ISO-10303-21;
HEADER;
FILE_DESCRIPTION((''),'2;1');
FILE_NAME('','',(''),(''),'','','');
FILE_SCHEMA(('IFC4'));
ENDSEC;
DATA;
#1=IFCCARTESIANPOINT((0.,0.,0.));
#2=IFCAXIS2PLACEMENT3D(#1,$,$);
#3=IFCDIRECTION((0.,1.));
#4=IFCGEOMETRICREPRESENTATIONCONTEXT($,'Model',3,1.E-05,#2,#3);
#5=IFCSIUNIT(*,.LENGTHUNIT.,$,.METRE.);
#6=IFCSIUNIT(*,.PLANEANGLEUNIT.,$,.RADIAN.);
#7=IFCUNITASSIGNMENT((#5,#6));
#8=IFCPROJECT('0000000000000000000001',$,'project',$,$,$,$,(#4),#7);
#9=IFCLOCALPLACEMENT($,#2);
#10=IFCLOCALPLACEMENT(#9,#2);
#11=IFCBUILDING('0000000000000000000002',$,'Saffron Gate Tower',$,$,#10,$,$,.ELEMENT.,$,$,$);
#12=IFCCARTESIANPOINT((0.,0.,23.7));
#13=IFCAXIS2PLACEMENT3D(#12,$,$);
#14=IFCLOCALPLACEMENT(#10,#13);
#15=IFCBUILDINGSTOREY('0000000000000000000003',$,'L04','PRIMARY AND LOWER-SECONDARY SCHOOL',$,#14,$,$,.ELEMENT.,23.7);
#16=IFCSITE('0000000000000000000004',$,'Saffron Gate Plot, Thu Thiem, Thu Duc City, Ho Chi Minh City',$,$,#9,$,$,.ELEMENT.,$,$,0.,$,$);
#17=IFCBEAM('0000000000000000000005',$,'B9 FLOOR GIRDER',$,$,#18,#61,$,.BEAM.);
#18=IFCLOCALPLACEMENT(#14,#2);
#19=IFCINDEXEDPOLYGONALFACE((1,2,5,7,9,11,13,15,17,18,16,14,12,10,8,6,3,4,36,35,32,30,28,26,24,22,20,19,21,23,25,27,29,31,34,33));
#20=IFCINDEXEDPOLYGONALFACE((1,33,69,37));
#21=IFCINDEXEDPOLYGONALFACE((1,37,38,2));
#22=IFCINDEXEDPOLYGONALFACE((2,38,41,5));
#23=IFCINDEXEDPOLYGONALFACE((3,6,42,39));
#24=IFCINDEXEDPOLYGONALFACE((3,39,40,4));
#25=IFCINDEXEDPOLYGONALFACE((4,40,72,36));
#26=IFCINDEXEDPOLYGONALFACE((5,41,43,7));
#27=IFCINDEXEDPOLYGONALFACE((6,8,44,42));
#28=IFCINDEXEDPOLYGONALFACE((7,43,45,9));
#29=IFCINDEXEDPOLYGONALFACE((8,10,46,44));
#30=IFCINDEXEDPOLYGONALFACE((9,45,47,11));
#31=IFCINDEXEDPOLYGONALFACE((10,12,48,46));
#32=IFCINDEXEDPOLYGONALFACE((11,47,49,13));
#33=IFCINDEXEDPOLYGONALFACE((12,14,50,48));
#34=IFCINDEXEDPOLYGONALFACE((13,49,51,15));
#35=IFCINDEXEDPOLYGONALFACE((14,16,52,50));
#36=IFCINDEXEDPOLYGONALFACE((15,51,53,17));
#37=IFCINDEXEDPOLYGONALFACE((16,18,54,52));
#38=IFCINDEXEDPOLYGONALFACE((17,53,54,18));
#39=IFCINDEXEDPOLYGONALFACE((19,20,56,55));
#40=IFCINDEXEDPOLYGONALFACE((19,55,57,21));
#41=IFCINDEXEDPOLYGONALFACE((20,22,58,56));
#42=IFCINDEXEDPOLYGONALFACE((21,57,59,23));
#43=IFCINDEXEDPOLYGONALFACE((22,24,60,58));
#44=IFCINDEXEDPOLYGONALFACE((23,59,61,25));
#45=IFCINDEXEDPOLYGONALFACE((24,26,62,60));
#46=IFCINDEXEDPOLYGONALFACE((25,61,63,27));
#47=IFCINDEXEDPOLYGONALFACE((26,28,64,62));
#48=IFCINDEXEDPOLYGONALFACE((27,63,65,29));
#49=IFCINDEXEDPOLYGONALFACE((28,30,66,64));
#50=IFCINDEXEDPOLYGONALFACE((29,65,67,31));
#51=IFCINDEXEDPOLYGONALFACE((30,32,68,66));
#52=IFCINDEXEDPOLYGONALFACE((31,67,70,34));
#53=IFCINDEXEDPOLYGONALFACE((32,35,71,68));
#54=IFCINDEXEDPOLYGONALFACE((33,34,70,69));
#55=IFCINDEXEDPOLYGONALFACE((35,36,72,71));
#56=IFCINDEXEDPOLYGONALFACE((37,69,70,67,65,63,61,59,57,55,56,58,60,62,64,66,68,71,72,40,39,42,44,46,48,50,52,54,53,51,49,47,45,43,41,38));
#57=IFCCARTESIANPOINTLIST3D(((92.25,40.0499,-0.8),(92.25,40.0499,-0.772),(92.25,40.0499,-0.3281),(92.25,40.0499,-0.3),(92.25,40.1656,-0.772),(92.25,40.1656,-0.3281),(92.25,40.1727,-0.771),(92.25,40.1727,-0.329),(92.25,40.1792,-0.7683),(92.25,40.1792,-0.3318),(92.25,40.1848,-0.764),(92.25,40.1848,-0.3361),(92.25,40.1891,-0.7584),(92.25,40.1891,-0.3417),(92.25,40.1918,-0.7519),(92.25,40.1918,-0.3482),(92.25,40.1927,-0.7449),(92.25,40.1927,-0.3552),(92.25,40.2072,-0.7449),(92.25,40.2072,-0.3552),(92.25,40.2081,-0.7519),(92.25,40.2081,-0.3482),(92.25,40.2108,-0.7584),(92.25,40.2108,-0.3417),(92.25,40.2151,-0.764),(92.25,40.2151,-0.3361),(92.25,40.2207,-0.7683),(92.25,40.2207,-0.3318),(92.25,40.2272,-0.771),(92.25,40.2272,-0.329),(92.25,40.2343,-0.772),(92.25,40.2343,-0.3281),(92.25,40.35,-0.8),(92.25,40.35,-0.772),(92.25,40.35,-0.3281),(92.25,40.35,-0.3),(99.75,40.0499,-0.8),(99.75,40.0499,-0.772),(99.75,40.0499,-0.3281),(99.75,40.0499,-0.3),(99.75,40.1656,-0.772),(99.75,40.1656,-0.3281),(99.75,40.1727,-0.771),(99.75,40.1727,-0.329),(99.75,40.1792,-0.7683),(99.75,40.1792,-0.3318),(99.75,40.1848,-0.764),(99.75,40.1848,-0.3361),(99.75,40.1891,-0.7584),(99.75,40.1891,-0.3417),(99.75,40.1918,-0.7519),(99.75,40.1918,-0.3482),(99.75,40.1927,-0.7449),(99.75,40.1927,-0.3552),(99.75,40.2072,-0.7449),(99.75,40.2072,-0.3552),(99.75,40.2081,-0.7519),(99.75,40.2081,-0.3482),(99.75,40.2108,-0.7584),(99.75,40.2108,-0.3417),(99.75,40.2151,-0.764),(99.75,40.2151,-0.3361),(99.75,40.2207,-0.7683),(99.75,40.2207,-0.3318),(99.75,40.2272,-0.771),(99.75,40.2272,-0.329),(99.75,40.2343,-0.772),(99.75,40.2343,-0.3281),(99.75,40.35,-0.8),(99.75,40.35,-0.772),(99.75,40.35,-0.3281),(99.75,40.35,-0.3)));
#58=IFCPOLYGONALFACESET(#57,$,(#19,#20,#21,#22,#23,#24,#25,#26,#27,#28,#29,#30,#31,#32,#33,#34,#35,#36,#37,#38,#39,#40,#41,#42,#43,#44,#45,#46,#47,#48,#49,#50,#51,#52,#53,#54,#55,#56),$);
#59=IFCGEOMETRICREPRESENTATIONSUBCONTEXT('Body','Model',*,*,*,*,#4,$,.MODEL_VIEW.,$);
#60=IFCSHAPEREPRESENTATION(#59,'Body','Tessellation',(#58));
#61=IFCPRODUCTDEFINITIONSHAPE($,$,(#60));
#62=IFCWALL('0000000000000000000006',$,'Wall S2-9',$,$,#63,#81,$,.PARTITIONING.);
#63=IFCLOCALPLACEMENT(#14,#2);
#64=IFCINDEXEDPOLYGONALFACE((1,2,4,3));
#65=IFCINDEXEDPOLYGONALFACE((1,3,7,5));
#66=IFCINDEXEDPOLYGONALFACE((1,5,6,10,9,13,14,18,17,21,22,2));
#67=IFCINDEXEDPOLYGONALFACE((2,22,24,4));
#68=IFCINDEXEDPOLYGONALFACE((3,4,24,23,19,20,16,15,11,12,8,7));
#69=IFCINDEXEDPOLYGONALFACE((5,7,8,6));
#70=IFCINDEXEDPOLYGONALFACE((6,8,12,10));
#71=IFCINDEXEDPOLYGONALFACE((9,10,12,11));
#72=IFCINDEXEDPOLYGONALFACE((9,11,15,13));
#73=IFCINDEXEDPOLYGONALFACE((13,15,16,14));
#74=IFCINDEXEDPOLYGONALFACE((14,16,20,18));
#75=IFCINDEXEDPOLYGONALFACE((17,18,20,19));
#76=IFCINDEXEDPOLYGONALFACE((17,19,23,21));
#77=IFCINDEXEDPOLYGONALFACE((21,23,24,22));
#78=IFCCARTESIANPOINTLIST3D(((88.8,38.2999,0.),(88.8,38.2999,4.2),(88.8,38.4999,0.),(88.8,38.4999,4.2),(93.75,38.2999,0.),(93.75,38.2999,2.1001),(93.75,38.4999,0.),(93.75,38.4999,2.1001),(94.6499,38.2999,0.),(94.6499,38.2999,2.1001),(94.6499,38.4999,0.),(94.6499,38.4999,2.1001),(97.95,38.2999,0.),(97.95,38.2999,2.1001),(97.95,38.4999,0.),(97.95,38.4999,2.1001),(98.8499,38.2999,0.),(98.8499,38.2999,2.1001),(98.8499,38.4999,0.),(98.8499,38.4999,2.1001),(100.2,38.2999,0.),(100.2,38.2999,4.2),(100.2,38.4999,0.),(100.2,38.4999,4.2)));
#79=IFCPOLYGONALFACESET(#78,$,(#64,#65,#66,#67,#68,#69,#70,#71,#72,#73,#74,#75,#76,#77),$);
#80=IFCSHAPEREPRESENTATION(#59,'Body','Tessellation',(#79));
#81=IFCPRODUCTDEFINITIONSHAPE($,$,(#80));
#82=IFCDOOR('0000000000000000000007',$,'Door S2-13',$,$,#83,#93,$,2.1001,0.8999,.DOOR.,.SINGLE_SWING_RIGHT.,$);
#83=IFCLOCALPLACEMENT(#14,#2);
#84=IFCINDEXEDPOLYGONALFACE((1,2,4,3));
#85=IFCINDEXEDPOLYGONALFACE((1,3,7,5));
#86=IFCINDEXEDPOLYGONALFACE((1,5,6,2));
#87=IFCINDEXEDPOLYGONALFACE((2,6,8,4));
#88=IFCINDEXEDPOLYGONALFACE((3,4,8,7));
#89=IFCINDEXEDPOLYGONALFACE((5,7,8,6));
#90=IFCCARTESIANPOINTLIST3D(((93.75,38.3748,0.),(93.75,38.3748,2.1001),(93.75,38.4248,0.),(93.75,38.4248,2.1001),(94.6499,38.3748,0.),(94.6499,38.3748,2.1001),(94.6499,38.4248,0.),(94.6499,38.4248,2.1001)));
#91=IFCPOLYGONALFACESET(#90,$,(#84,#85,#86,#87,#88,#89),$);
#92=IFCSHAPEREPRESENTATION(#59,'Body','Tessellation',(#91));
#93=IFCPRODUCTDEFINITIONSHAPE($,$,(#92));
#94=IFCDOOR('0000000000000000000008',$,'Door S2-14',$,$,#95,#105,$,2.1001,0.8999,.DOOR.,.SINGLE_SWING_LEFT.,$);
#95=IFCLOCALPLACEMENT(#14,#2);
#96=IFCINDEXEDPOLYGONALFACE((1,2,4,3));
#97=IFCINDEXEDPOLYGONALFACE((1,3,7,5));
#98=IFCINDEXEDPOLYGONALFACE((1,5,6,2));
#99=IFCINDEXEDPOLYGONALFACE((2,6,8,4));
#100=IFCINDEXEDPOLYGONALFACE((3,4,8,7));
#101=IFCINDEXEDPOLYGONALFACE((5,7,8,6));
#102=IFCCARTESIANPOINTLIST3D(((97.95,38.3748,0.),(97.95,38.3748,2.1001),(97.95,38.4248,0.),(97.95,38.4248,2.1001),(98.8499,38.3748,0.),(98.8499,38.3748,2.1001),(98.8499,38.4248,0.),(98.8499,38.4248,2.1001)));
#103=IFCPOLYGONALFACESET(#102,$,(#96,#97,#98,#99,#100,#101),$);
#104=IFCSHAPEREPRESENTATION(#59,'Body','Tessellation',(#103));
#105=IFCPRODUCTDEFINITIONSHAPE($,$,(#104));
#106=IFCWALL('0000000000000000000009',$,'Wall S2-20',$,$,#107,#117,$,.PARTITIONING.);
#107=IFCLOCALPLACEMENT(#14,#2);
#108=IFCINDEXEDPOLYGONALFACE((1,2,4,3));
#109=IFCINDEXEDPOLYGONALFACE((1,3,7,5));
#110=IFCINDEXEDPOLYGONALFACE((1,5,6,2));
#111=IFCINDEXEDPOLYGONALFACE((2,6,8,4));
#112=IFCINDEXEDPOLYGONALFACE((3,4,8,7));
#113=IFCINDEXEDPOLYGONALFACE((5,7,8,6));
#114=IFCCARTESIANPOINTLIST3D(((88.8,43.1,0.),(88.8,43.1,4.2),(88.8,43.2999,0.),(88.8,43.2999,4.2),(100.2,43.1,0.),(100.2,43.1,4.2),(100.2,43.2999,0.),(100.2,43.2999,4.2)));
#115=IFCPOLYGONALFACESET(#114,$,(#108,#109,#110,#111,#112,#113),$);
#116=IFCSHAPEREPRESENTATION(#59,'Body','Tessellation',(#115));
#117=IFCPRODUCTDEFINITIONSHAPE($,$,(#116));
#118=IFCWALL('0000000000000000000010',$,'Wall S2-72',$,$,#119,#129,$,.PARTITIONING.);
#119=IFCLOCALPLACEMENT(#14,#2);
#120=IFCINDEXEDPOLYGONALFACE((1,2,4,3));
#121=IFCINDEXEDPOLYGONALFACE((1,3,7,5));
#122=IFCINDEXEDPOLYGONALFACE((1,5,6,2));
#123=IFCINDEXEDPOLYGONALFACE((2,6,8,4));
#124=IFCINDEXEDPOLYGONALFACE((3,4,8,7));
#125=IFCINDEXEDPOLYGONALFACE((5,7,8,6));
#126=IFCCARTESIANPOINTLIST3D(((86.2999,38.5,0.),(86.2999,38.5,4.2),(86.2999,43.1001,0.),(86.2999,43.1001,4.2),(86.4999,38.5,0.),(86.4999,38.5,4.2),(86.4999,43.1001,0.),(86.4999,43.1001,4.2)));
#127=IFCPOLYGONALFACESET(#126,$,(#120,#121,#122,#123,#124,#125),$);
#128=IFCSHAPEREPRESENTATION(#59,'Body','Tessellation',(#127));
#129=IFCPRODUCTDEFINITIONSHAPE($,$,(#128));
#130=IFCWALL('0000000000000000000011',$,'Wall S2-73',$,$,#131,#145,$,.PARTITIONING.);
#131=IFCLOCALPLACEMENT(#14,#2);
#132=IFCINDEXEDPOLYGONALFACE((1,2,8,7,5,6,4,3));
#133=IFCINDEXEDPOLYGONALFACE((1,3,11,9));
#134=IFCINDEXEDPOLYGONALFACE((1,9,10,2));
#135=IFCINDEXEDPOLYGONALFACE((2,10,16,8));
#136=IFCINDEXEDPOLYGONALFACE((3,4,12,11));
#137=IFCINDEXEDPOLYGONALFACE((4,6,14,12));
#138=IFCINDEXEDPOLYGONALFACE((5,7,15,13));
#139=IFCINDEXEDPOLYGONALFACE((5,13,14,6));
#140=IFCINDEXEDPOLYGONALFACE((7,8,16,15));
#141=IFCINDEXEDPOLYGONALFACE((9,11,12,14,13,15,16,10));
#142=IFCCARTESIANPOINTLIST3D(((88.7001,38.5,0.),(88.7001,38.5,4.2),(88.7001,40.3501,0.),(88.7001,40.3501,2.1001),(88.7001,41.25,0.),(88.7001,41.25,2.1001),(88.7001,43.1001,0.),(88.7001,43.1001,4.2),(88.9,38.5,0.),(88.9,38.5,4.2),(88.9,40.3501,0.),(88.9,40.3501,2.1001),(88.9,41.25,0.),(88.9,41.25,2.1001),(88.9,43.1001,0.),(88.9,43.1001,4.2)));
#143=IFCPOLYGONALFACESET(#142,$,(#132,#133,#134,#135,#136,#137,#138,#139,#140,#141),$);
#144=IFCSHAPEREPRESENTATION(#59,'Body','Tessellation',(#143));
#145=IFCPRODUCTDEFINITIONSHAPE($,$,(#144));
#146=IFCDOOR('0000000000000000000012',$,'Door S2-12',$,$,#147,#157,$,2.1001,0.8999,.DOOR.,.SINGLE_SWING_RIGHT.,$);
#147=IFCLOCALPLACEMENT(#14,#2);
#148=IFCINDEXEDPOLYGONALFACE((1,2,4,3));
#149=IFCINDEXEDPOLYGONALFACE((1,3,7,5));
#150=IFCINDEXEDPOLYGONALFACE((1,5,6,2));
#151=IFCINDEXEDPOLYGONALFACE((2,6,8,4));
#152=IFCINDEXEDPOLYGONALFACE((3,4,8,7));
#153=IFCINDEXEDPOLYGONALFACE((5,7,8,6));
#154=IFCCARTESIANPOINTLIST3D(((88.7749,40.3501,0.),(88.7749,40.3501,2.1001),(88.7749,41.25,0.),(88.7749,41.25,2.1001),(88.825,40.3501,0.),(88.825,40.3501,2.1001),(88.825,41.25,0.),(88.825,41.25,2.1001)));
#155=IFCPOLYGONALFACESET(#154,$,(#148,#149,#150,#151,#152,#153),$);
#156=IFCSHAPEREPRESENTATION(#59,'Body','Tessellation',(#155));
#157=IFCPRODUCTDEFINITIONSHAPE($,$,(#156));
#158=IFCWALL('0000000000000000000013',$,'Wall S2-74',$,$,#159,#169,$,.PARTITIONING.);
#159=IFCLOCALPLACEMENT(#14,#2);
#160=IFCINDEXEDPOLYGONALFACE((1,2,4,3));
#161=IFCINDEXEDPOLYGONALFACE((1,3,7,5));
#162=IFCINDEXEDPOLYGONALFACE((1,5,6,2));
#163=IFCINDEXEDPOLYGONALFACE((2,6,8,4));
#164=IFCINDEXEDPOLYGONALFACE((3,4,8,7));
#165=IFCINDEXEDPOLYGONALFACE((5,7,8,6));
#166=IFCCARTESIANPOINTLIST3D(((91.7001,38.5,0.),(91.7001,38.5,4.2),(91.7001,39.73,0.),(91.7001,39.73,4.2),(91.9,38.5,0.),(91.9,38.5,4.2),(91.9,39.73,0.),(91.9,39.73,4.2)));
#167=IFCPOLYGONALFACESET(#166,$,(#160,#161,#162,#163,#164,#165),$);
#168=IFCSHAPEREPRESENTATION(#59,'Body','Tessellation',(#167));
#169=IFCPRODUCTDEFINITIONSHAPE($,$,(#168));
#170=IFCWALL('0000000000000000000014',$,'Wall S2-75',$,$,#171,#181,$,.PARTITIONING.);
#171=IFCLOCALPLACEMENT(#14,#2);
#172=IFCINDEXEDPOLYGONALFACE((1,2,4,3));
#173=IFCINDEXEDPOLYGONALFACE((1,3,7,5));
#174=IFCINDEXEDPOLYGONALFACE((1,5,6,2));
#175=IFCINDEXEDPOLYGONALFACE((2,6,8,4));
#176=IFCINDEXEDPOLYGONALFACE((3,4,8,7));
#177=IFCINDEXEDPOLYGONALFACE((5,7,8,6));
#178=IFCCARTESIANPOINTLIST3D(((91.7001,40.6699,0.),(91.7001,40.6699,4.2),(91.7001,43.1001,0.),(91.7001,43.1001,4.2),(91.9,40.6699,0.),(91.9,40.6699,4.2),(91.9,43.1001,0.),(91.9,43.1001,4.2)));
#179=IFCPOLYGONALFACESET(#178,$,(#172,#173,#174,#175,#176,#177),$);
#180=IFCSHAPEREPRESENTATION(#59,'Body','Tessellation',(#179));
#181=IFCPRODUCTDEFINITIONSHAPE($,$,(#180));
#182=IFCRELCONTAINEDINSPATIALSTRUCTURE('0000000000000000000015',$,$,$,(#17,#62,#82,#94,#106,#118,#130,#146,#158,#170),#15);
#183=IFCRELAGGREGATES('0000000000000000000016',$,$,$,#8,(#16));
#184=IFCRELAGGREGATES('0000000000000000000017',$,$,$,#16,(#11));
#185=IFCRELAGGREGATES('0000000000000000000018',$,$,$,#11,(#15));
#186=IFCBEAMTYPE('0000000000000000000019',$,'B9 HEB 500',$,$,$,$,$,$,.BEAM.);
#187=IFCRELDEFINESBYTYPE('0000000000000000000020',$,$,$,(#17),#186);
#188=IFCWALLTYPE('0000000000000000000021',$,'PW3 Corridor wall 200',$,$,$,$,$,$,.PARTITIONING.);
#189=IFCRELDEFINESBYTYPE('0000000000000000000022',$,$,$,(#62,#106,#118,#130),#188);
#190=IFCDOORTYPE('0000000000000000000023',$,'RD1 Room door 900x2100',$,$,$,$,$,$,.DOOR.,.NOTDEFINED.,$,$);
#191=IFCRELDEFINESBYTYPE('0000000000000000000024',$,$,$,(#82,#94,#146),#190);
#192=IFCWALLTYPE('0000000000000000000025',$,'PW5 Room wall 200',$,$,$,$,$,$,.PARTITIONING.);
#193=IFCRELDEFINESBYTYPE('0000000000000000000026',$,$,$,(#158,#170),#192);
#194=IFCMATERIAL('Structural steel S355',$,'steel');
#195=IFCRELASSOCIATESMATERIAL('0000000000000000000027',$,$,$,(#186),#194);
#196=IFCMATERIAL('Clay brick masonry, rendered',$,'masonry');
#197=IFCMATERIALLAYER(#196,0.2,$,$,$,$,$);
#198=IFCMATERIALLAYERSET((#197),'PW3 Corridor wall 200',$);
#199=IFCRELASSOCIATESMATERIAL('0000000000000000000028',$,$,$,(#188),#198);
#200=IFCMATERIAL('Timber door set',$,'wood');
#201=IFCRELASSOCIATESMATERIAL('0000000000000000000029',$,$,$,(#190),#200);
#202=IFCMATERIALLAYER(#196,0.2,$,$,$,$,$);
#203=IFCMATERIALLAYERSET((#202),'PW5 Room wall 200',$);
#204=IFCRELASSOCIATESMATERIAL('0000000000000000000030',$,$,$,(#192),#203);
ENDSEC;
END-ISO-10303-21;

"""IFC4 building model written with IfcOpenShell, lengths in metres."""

from ifc_helpers import new_model, si_unit, direction, frame, frame_2d, origin, origin_2d, place, context, subcontext, project, spatial, rectangle, i_section, extrude, material, layer, layer_set, material_profile, profile_set, type_object, element, fill, save


model = new_model("IFC4")

# Units and contexts
model_context = context("Model", 3, precision=1e-05, world=origin(), true_north=direction((0.0, 1.0)))
body_context = subcontext(model_context, "Body", "Model", "MODEL_VIEW")
ifc_project = project(units=[si_unit("LENGTHUNIT", "METRE"), si_unit("PLANEANGLEUNIT", "RADIAN")], contexts=[model_context])

# Site, building, storey
site_placement = place(None, origin())
site = spatial("IfcSite", under=ifc_project, at=site_placement, Name="Saffron Gate Plot, Thu Thiem, Thu Duc City, Ho Chi Minh City", CompositionType="ELEMENT", RefElevation=0.0)
building_placement = place(site_placement, origin())
building = spatial("IfcBuilding", under=site, at=building_placement, Name="Saffron Gate Tower", CompositionType="ELEMENT")
storey_placement = place(building_placement, frame((0.0, 0.0, 23.7)))
storey = spatial("IfcBuildingStorey", under=building, at=storey_placement, Name="L04", Description="PRIMARY AND LOWER-SECONDARY SCHOOL", CompositionType="ELEMENT", Elevation=23.7)

# Beam
ifc_material_1 = material(Name="Structural steel S355", Category="steel")
ifc_material_profile_1 = material_profile(ifc_material_1, i_section(OverallWidth=0.3, OverallDepth=0.5, WebThickness=0.0144, FlangeThickness=0.0281, FilletRadius=0.0271, at=origin_2d()))
ifc_profile_set_1 = profile_set([ifc_material_profile_1], Name="Structural steel S355")
beam_type_1 = type_object("IfcBeamType", Name="B9 HEB 500", PredefinedType="BEAM", material=ifc_profile_set_1)
for number, where, z_axis, x_axis, name in (
    (1, (92.25, 40.2, -0.55), (1.0, 0.0, 0.0), (0.0, 1.0, 0.0), "B9 FLOOR GIRDER"),
):
    element("IfcBeam", number, at=place(storey_placement, frame(where, z_axis=z_axis, x_axis=x_axis)), inside=storey, type_object=beam_type_1, Name=name, PredefinedType="BEAM", context=body_context, shape_type="SweptSolid", body=[
        extrude(i_section(OverallWidth=0.3, OverallDepth=0.5, WebThickness=0.0144, FlangeThickness=0.0281, FilletRadius=0.0271, at=origin_2d()), origin(), (0.0, 0.0, 1.0), 7.5),
    ])

# Wall, openings, doors
ifc_material_2 = material(Name="Clay brick masonry, rendered", Category="masonry")
ifc_layer_1 = layer(ifc_material_2, 0.2)
ifc_layer_set_1 = layer_set([ifc_layer_1], Name="PW3 Corridor wall 200")
wall_type_1 = type_object("IfcWallType", Name="PW3 Corridor wall 200", PredefinedType="PARTITIONING", material=ifc_layer_set_1)
wall_1_placement = place(storey_placement, frame((88.8, 38.3999, 0.0), z_axis=(0.0, 0.0, 1.0), x_axis=(1.0, 0.0, 0.0)))
wall_1 = element("IfcWall", 2, at=wall_1_placement, inside=storey, type_object=wall_type_1, Name="Wall S2-9", PredefinedType="PARTITIONING", context=body_context, shape_type="SweptSolid", body=[
    extrude(rectangle(XDim=11.3999, YDim=0.2, at=frame_2d((5.7, 0.0))), origin(), (0.0, 0.0, 1.0), 4.2),
])
opening_1_placement = place(wall_1_placement, frame((4.95, 0.0, 0.0)))
opening_1 = element("IfcOpeningElement", 3, at=opening_1_placement, cuts=wall_1, PredefinedType="OPENING", context=body_context, shape_type="SweptSolid", body=[
    extrude(rectangle(XDim=0.8999, YDim=2.1001, at=frame_2d((0.45, 1.05))), frame((0.0, 0.1099, 0.0), z_axis=(0.0, -1.0, 0.0), x_axis=(1.0, 0.0, 0.0)), (0.0, 0.0, 1.0), 0.22),
])
opening_2_placement = place(wall_1_placement, frame((9.1499, 0.0, 0.0)))
opening_2 = element("IfcOpeningElement", 4, at=opening_2_placement, cuts=wall_1, PredefinedType="OPENING", context=body_context, shape_type="SweptSolid", body=[
    extrude(rectangle(XDim=0.8999, YDim=2.1001, at=frame_2d((0.45, 1.05))), frame((0.0, 0.1099, 0.0), z_axis=(0.0, -1.0, 0.0), x_axis=(1.0, 0.0, 0.0)), (0.0, 0.0, 1.0), 0.22),
])
ifc_material_3 = material(Name="Timber door set", Category="wood")
door_type = type_object("IfcDoorType", Name="RD1 Room door 900x2100", OperationType="NOTDEFINED", PredefinedType="DOOR", material=ifc_material_3)
door_1_placement = place(opening_1_placement, origin())
door_1 = element("IfcDoor", 5, at=door_1_placement, inside=storey, type_object=door_type, Name="Door S2-13", OperationType="SINGLE_SWING_RIGHT", OverallHeight=2.1001, OverallWidth=0.8999, PredefinedType="DOOR", context=body_context, shape_type="SweptSolid", body=[
    extrude(rectangle(XDim=0.8999, YDim=2.1001, at=frame_2d((0.45, 1.05))), frame((0.0, 0.0249, 0.0), z_axis=(0.0, -1.0, 0.0), x_axis=(1.0, 0.0, 0.0)), (0.0, 0.0, 1.0), 0.05),
])
fill(opening_1, door_1)
door_2_placement = place(opening_2_placement, origin())
door_2 = element("IfcDoor", 6, at=door_2_placement, inside=storey, type_object=door_type, Name="Door S2-14", OperationType="SINGLE_SWING_LEFT", OverallHeight=2.1001, OverallWidth=0.8999, PredefinedType="DOOR", context=body_context, shape_type="SweptSolid", body=[
    extrude(rectangle(XDim=0.8999, YDim=2.1001, at=frame_2d((0.45, 1.05))), frame((0.0, 0.0249, 0.0), z_axis=(0.0, -1.0, 0.0), x_axis=(1.0, 0.0, 0.0)), (0.0, 0.0, 1.0), 0.05),
])
fill(opening_2, door_2)

# Walls
wall_2_placement = place(storey_placement, frame((88.8, 43.2, 0.0), z_axis=(0.0, 0.0, 1.0), x_axis=(1.0, 0.0, 0.0)))
element("IfcWall", 7, at=wall_2_placement, inside=storey, type_object=wall_type_1, Name="Wall S2-20", PredefinedType="PARTITIONING", context=body_context, shape_type="SweptSolid", body=[
    extrude(rectangle(XDim=11.3999, YDim=0.2, at=frame_2d((5.7, 0.0))), origin(), (0.0, 0.0, 1.0), 4.2),
])
wall_3_placement = place(storey_placement, frame((86.3999, 43.1001, 0.0), z_axis=(0.0, 0.0, 1.0), x_axis=(0.0, -1.0, 0.0)))
element("IfcWall", 8, at=wall_3_placement, inside=storey, type_object=wall_type_1, Name="Wall S2-72", PredefinedType="PARTITIONING", context=body_context, shape_type="SweptSolid", body=[
    extrude(rectangle(XDim=4.6001, YDim=0.2, at=frame_2d((2.3, 0.0))), origin(), (0.0, 0.0, 1.0), 4.2),
])

# Wall, opening, door
wall_4_placement = place(storey_placement, frame((88.8, 43.1001, 0.0), z_axis=(0.0, 0.0, 1.0), x_axis=(0.0, -1.0, 0.0)))
wall_4 = element("IfcWall", 9, at=wall_4_placement, inside=storey, type_object=wall_type_1, Name="Wall S2-73", PredefinedType="PARTITIONING", context=body_context, shape_type="SweptSolid", body=[
    extrude(rectangle(XDim=4.6001, YDim=0.2, at=frame_2d((2.3, 0.0))), origin(), (0.0, 0.0, 1.0), 4.2),
])
opening_3_placement = place(wall_4_placement, frame((1.8501, 0.0, 0.0)))
opening_3 = element("IfcOpeningElement", 10, at=opening_3_placement, cuts=wall_4, PredefinedType="OPENING", context=body_context, shape_type="SweptSolid", body=[
    extrude(rectangle(XDim=0.8999, YDim=2.1001, at=frame_2d((0.45, 1.05))), frame((0.0, 0.1099, 0.0), z_axis=(0.0, -1.0, 0.0), x_axis=(1.0, 0.0, 0.0)), (0.0, 0.0, 1.0), 0.22),
])
door_3_placement = place(opening_3_placement, origin())
door_3 = element("IfcDoor", 11, at=door_3_placement, inside=storey, type_object=door_type, Name="Door S2-12", OperationType="SINGLE_SWING_RIGHT", OverallHeight=2.1001, OverallWidth=0.8999, PredefinedType="DOOR", context=body_context, shape_type="SweptSolid", body=[
    extrude(rectangle(XDim=0.8999, YDim=2.1001, at=frame_2d((0.45, 1.05))), frame((0.0, 0.0249, 0.0), z_axis=(0.0, -1.0, 0.0), x_axis=(1.0, 0.0, 0.0)), (0.0, 0.0, 1.0), 0.05),
])
fill(opening_3, door_3)

# Walls
ifc_layer_2 = layer(ifc_material_2, 0.2)
ifc_layer_set_2 = layer_set([ifc_layer_2], Name="PW5 Room wall 200")
wall_type_2 = type_object("IfcWallType", Name="PW5 Room wall 200", PredefinedType="PARTITIONING", material=ifc_layer_set_2)
wall_5_placement = place(storey_placement, frame((91.8, 39.73, 0.0), z_axis=(0.0, 0.0, 1.0), x_axis=(0.0, -1.0, 0.0)))
element("IfcWall", 12, at=wall_5_placement, inside=storey, type_object=wall_type_2, Name="Wall S2-74", PredefinedType="PARTITIONING", context=body_context, shape_type="SweptSolid", body=[
    extrude(rectangle(XDim=1.23, YDim=0.2, at=frame_2d((0.615, 0.0))), origin(), (0.0, 0.0, 1.0), 4.2),
])
wall_6_placement = place(storey_placement, frame((91.8, 43.1001, 0.0), z_axis=(0.0, 0.0, 1.0), x_axis=(0.0, -1.0, 0.0)))
element("IfcWall", 13, at=wall_6_placement, inside=storey, type_object=wall_type_2, Name="Wall S2-75", PredefinedType="PARTITIONING", context=body_context, shape_type="SweptSolid", body=[
    extrude(rectangle(XDim=2.4302, YDim=0.2, at=frame_2d((1.2151, 0.0))), origin(), (0.0, 0.0, 1.0), 4.2),
])

save(model, "model.ifc")
